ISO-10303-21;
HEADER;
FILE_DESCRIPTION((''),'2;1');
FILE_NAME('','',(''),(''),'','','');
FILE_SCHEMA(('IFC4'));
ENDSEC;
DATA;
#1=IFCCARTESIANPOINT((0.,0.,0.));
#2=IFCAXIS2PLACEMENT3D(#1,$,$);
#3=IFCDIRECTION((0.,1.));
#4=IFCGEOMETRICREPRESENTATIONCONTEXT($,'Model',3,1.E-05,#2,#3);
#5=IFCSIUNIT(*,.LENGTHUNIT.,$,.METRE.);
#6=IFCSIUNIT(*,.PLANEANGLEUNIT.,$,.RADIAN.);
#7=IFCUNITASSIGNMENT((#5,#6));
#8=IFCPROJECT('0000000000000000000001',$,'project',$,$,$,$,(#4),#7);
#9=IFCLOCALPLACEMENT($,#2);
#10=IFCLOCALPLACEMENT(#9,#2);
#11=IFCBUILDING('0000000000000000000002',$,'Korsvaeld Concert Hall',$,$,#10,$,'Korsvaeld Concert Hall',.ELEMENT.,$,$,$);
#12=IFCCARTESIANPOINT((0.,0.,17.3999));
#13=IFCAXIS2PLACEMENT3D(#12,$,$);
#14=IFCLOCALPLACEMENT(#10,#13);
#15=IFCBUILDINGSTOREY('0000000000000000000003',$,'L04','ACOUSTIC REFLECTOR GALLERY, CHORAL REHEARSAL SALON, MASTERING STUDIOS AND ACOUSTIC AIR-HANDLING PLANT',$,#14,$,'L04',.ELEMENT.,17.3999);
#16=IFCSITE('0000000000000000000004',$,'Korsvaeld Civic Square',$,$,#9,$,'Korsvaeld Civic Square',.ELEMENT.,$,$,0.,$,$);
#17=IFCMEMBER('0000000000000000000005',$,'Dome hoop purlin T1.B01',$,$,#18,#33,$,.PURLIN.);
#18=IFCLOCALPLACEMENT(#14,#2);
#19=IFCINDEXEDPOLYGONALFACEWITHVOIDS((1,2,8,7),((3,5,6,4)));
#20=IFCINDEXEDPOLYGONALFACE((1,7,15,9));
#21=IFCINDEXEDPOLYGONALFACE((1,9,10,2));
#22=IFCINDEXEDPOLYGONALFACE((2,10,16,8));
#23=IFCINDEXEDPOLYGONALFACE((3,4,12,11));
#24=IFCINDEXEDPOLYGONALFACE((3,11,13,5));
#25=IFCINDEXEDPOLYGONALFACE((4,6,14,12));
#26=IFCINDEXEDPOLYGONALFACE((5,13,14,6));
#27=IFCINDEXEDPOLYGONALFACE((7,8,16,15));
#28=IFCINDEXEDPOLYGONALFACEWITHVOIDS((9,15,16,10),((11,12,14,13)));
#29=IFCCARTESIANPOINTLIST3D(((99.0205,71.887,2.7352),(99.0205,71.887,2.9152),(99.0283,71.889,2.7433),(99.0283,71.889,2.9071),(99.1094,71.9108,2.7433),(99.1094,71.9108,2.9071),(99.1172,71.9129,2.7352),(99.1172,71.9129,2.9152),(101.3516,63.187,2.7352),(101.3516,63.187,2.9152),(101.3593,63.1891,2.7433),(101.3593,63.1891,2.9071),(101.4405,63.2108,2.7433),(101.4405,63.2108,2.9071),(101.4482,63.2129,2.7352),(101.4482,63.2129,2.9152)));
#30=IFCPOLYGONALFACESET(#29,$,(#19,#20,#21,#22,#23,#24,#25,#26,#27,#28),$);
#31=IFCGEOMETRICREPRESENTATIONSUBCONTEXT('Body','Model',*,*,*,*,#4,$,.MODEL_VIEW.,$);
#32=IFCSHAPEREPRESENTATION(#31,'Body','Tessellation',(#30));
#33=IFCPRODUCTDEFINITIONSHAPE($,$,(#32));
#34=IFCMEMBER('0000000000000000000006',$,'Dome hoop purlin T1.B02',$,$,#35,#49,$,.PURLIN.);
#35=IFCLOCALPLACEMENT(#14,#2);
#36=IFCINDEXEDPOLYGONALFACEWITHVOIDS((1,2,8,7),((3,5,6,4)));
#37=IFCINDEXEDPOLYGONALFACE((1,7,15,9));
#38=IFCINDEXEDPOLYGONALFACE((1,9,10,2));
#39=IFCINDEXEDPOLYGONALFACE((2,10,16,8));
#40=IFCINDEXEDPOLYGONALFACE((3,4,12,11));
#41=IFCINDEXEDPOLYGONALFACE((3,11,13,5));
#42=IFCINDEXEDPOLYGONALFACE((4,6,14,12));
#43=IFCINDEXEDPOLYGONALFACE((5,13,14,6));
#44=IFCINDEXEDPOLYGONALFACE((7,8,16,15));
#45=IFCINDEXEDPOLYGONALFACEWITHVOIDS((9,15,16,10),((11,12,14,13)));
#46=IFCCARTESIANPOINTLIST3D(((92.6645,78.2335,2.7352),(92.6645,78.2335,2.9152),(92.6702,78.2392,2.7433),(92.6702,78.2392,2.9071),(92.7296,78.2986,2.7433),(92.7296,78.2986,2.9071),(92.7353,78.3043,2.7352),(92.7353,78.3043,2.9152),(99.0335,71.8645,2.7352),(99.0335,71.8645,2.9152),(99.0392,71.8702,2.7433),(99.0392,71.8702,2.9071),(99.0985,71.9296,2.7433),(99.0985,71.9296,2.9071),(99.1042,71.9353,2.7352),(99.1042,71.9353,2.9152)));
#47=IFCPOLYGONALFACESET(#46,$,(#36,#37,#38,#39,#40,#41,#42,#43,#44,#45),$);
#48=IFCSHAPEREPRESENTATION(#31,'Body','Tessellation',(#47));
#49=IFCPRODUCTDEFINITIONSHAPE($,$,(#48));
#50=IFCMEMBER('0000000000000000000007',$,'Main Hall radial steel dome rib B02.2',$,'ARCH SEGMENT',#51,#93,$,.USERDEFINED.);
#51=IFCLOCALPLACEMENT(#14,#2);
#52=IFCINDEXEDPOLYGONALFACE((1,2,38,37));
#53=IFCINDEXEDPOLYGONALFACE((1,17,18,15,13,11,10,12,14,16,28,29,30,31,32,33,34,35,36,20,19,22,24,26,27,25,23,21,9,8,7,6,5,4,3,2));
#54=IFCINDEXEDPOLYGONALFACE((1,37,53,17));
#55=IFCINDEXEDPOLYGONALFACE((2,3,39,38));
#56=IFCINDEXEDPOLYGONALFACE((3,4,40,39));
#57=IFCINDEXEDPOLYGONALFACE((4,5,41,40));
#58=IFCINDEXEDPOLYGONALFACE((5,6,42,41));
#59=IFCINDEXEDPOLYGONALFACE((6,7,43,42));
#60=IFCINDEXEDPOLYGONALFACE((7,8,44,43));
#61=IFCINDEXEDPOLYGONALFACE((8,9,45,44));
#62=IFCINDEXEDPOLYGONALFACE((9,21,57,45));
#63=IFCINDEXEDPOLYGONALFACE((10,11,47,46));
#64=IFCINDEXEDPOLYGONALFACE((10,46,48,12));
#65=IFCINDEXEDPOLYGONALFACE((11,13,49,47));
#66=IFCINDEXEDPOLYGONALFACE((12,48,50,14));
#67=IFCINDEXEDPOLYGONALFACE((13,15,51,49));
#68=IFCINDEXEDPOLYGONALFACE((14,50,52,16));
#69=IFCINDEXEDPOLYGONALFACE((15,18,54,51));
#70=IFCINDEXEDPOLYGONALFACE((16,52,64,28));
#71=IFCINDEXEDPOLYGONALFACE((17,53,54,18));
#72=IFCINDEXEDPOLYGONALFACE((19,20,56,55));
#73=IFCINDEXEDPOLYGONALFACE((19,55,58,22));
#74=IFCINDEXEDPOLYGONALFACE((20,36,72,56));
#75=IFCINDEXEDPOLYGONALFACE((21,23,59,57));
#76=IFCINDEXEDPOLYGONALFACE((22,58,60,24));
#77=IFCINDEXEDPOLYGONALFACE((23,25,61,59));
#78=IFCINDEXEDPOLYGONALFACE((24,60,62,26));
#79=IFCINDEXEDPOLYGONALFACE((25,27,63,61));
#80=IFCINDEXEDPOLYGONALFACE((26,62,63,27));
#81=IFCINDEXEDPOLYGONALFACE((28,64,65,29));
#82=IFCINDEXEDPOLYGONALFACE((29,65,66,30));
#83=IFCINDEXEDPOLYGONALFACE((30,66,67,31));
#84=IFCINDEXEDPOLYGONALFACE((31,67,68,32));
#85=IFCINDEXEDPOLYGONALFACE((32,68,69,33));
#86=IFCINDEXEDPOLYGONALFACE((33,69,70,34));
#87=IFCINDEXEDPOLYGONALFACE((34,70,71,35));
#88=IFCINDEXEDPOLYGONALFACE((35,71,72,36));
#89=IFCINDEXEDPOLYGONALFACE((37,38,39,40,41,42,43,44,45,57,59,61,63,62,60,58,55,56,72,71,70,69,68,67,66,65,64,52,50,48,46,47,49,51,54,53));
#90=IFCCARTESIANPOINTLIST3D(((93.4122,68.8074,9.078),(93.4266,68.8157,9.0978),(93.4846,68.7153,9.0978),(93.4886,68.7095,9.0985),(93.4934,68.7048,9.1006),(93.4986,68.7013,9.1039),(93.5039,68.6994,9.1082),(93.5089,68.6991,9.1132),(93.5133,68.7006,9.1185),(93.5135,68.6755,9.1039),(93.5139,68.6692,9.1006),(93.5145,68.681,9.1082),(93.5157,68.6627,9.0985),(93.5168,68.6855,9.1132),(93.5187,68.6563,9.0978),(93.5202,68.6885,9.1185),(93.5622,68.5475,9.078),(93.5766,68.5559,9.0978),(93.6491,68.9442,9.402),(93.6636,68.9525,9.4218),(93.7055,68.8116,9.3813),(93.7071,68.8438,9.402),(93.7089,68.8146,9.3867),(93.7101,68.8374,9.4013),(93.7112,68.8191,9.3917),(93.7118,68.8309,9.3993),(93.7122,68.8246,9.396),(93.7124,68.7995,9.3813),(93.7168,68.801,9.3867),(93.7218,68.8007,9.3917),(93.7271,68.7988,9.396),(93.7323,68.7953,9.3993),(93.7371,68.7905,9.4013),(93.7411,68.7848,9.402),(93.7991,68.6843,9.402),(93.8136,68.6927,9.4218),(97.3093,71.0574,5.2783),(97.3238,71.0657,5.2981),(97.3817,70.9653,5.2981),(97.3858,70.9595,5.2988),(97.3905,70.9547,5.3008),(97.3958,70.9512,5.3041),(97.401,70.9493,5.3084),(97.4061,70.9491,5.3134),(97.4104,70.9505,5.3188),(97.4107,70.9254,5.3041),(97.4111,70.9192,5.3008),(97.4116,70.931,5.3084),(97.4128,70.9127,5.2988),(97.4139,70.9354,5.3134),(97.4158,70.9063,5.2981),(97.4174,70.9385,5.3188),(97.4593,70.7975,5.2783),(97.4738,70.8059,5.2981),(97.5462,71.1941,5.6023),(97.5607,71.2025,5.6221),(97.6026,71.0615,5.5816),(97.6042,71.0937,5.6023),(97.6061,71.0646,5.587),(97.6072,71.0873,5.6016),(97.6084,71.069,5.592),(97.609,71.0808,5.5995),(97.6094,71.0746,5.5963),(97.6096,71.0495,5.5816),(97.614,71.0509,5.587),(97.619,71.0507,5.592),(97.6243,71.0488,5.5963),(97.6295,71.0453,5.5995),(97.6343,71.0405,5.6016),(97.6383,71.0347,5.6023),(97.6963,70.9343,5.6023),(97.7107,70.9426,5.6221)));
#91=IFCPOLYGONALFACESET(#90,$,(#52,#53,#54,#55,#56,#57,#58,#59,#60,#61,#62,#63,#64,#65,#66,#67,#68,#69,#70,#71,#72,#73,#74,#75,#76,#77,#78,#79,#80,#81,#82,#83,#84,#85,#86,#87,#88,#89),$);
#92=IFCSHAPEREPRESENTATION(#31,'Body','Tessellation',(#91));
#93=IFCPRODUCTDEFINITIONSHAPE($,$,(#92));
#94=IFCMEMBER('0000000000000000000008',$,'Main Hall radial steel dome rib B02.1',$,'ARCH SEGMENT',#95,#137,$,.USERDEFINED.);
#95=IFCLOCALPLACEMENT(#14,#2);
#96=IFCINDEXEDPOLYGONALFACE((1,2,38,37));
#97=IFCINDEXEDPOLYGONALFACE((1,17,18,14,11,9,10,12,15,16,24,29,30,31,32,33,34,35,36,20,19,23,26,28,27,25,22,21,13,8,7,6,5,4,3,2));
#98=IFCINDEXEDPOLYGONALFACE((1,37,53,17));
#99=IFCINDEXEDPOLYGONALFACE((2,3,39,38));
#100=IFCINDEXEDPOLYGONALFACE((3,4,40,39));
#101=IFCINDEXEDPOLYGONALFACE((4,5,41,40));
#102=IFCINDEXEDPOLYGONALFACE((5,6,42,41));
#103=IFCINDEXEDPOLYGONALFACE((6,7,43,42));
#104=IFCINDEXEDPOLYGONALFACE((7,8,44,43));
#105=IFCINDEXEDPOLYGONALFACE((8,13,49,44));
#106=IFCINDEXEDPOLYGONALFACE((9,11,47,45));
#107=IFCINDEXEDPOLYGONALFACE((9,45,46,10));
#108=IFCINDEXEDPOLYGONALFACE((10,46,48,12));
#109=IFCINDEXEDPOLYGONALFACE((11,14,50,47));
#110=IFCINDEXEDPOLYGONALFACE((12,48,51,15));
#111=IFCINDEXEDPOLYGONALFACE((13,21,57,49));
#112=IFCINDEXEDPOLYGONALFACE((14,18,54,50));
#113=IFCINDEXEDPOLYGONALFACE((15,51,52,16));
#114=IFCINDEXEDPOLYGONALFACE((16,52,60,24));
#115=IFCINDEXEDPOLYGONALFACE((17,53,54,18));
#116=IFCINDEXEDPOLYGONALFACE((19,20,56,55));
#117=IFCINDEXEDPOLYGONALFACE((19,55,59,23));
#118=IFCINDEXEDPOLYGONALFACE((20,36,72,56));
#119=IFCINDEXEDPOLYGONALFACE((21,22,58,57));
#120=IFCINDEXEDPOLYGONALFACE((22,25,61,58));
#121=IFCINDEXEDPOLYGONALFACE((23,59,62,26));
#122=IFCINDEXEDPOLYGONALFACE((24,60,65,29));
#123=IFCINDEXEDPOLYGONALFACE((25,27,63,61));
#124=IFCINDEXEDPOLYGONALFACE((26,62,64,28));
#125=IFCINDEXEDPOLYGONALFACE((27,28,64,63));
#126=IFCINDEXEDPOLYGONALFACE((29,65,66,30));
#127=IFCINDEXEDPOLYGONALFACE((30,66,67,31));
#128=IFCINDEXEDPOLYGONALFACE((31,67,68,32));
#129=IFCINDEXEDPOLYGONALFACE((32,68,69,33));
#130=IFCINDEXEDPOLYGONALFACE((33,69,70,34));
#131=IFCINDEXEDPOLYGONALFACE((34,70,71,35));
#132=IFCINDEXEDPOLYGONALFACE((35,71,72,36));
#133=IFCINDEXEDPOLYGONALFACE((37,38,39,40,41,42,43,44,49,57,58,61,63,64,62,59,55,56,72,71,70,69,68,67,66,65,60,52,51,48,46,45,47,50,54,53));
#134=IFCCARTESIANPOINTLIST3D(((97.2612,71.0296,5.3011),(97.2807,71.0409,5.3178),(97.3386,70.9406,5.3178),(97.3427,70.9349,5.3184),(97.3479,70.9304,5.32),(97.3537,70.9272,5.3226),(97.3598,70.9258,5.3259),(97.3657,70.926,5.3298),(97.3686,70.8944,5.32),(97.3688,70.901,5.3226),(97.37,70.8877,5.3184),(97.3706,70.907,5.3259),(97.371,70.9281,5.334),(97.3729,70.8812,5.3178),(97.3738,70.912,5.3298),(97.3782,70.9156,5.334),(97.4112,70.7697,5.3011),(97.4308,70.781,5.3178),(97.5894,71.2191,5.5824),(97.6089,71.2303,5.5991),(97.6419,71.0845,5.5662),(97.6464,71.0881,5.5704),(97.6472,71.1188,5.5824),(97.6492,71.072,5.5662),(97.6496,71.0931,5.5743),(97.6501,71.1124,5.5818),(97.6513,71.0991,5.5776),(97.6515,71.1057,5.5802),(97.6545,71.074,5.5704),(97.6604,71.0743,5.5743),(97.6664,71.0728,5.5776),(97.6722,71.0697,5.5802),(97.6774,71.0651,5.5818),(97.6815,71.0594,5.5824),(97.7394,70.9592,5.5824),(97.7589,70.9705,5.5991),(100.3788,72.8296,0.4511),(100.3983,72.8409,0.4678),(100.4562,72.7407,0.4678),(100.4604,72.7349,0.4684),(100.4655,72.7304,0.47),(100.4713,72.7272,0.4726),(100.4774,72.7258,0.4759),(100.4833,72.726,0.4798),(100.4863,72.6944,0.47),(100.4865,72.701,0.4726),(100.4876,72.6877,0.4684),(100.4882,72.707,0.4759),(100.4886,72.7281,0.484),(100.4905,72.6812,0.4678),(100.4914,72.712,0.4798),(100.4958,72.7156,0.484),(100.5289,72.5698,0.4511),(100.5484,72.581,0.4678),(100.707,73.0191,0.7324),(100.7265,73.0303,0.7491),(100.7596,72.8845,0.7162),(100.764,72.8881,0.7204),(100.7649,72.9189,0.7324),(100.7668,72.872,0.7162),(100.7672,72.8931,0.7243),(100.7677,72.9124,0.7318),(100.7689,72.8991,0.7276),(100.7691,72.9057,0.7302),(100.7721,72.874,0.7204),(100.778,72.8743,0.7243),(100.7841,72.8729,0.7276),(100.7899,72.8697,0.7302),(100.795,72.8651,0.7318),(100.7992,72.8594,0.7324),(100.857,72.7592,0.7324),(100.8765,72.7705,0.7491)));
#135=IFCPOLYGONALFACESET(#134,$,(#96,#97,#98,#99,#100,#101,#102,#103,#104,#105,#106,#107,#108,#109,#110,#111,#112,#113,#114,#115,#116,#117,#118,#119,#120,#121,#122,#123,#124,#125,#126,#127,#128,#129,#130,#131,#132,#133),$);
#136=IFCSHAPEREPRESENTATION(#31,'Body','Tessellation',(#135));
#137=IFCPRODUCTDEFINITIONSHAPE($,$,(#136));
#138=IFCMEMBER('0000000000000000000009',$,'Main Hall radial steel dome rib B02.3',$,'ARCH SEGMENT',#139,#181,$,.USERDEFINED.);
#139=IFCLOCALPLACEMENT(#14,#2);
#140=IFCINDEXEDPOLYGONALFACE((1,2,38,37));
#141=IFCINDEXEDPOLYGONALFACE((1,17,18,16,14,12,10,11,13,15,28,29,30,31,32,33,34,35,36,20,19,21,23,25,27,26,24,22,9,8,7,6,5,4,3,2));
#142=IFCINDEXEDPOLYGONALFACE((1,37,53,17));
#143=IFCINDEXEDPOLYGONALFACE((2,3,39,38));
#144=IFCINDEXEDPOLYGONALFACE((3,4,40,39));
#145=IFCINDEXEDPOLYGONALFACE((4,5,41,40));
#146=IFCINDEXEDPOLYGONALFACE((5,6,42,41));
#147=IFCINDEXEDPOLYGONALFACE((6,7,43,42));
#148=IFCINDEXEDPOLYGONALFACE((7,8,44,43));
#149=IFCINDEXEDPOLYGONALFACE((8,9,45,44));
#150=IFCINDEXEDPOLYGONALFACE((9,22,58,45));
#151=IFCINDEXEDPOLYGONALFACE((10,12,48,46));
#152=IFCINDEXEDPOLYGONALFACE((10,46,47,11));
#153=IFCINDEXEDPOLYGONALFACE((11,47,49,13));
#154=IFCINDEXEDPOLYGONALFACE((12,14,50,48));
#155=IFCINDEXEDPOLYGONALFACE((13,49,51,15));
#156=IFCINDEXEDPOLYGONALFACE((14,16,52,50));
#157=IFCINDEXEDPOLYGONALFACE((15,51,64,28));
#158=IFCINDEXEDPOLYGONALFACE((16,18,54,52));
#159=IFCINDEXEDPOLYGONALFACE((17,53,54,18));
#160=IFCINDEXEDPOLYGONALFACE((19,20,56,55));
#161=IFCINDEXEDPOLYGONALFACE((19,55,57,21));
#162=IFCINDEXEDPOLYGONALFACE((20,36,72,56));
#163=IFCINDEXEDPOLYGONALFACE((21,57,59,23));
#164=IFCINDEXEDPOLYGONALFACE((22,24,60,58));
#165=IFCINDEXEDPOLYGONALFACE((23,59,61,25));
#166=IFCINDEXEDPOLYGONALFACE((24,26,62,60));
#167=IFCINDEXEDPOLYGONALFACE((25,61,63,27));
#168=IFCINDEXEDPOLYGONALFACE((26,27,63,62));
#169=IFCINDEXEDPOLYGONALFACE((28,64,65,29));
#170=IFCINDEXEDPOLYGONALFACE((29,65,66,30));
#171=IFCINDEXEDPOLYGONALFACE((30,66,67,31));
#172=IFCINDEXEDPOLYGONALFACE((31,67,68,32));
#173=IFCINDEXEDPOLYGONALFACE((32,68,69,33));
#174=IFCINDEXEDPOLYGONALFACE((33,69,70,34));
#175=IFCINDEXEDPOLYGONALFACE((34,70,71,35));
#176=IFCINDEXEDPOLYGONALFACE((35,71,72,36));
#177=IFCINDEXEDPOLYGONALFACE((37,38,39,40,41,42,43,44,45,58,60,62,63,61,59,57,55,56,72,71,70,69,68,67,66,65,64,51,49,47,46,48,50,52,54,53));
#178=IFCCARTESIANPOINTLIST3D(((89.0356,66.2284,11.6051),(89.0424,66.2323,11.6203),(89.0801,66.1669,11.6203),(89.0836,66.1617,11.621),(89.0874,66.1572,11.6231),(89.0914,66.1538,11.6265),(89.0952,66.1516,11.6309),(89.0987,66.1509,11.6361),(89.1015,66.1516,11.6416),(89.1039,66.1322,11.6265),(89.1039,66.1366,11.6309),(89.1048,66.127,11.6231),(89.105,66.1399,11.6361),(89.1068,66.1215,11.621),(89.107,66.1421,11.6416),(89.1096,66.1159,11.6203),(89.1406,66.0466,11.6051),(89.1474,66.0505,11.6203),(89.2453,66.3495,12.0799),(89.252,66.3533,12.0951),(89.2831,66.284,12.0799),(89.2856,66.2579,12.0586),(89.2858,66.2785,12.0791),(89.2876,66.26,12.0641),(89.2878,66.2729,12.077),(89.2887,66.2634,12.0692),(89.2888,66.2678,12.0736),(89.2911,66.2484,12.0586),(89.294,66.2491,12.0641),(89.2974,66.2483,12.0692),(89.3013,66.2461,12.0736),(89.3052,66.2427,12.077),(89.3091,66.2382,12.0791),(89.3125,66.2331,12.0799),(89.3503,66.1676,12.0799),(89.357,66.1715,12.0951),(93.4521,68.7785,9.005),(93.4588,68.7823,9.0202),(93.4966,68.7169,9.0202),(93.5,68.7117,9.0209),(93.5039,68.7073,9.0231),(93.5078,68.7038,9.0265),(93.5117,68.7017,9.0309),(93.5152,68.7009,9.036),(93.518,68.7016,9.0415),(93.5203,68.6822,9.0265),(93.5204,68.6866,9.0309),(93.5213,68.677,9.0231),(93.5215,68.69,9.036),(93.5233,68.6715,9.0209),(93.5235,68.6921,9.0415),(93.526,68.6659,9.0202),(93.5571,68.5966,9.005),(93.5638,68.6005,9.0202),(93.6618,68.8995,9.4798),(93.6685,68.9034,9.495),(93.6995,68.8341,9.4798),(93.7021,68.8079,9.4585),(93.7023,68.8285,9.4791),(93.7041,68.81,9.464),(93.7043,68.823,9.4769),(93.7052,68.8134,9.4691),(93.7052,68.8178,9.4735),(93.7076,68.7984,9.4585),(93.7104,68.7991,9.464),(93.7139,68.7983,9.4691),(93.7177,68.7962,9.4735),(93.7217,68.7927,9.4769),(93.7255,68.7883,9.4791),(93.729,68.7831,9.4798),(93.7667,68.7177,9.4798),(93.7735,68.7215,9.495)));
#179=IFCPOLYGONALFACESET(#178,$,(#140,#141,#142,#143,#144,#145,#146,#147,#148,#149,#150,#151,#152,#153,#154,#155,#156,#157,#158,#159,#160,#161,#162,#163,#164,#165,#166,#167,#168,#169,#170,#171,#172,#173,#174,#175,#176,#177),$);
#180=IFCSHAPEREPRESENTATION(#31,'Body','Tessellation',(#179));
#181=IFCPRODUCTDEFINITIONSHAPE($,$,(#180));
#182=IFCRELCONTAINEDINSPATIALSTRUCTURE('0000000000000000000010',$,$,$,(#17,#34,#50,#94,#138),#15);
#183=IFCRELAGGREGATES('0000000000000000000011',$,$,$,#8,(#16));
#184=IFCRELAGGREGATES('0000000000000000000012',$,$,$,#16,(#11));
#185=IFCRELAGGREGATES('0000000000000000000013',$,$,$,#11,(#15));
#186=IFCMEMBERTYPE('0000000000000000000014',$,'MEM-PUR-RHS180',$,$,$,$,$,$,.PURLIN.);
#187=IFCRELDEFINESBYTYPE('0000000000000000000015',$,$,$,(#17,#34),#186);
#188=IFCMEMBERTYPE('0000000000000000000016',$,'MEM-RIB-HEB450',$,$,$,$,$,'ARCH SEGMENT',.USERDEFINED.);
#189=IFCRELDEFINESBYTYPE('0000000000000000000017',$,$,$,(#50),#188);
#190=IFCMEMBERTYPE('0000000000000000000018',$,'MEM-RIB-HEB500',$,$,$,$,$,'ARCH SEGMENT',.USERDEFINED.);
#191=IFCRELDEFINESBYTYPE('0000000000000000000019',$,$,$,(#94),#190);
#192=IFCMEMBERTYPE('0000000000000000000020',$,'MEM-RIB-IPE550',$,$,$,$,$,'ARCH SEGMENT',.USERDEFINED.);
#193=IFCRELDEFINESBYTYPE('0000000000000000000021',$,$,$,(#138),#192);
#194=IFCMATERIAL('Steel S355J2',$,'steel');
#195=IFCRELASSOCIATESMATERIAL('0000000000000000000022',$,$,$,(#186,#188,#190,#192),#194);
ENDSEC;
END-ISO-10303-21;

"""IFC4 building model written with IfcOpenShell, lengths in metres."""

from ifc_helpers import new_model, si_unit, direction, frame, origin, origin_2d, place, context, subcontext, project, spatial, hollow_rectangle, i_section, extrude, material, material_profile, profile_set, type_object, element, save


model = new_model("IFC4")

# Units and contexts
model_context = context("Model", 3, precision=1e-05, world=origin(), true_north=direction((0.0, 1.0)))
body_context = subcontext(model_context, "Body", "Model", "MODEL_VIEW")
ifc_project = project(units=[si_unit("LENGTHUNIT", "METRE"), si_unit("PLANEANGLEUNIT", "RADIAN")], contexts=[model_context])

# Site, building, storey
site_placement = place(None, origin())
site = spatial("IfcSite", under=ifc_project, at=site_placement, Name="Korsvaeld Civic Square", LongName="Korsvaeld Civic Square", CompositionType="ELEMENT", RefElevation=0.0)
building_placement = place(site_placement, origin())
building = spatial("IfcBuilding", under=site, at=building_placement, Name="Korsvaeld Concert Hall", LongName="Korsvaeld Concert Hall", CompositionType="ELEMENT")
storey_placement = place(building_placement, frame((0.0, 0.0, 17.3999)))
storey = spatial("IfcBuildingStorey", under=building, at=storey_placement, Name="L04", Description="ACOUSTIC REFLECTOR GALLERY, CHORAL REHEARSAL SALON, MASTERING STUDIOS AND ACOUSTIC AIR-HANDLING PLANT", LongName="L04", CompositionType="ELEMENT", Elevation=17.3999)

# Shared definitions
ifc_material_1 = material(Name="Steel S355J2", Category="steel")

# Members
ifc_material_profile_1 = material_profile(ifc_material_1, hollow_rectangle(XDim=0.1001, YDim=0.1799, WallThickness=0.0081, at=origin_2d()), Name="RHS 180x100x8")
ifc_profile_set_1 = profile_set([ifc_material_profile_1], Name="Steel S355J2")
member_type_1 = type_object("IfcMemberType", Name="MEM-PUR-RHS180", PredefinedType="PURLIN", material=ifc_profile_set_1)
member_1_placement = place(storey_placement, frame((101.3999, 63.2, 2.8252), z_axis=(-0.25881, 0.965928, 0.0), x_axis=(-0.965928, -0.25881, 0.0)))
element("IfcMember", 1, at=member_1_placement, inside=storey, type_object=member_type_1, Name="Dome hoop purlin T1.B01", PredefinedType="PURLIN", context=body_context, shape_type="SweptSolid", body=[
    extrude(hollow_rectangle(XDim=0.1001, YDim=0.1799, WallThickness=0.0081, at=origin_2d()), origin(), (0.0, 0.0, 1.0), 9.0068),
])
member_2_placement = place(storey_placement, frame((99.0688, 71.8999, 2.8252), z_axis=(-0.707107, 0.707107, 0.0), x_axis=(-0.707107, -0.707107, 0.0)))
element("IfcMember", 2, at=member_2_placement, inside=storey, type_object=member_type_1, Name="Dome hoop purlin T1.B02", PredefinedType="PURLIN", context=body_context, shape_type="SweptSolid", body=[
    extrude(hollow_rectangle(XDim=0.1001, YDim=0.1799, WallThickness=0.0081, at=origin_2d()), origin(), (0.0, 0.0, 1.0), 9.0071),
])
ifc_material_profile_2 = material_profile(ifc_material_1, i_section(OverallWidth=0.3, OverallDepth=0.45, WebThickness=0.0139, FlangeThickness=0.0259, FilletRadius=0.0271, at=origin_2d()), Name="HEB 450")
ifc_profile_set_2 = profile_set([ifc_material_profile_2], Name="Steel S355J2")
member_type_2 = type_object("IfcMemberType", Name="MEM-RIB-HEB450", ElementType="ARCH SEGMENT", PredefinedType="USERDEFINED", material=ifc_profile_set_2)
member_3_placement = place(storey_placement, frame((97.51, 71.0, 5.4502), z_axis=(-0.661693, -0.382019, 0.645154), x_axis=(0.49999, -0.866031, 0.0)))
element("IfcMember", 3, at=member_3_placement, inside=storey, type_object=member_type_2, Name="Main Hall radial steel dome rib B02.2", ObjectType="ARCH SEGMENT", PredefinedType="USERDEFINED", context=body_context, shape_type="SweptSolid", body=[
    extrude(i_section(OverallWidth=0.3, OverallDepth=0.45, WebThickness=0.0139, FlangeThickness=0.0259, FilletRadius=0.0271, at=origin_2d()), origin(), (0.0, 0.0, 1.0), 5.8896),
])
ifc_material_profile_3 = material_profile(ifc_material_1, i_section(OverallWidth=0.3, OverallDepth=0.5, WebThickness=0.0144, FlangeThickness=0.0281, FilletRadius=0.0271, at=origin_2d()), Name="HEB 500")
ifc_profile_set_3 = profile_set([ifc_material_profile_3], Name="Steel S355J2")
member_type_3 = type_object("IfcMemberType", Name="MEM-RIB-HEB500", ElementType="ARCH SEGMENT", PredefinedType="USERDEFINED", material=ifc_profile_set_3)
member_4_placement = place(storey_placement, frame((100.6277, 72.8, 0.6001), z_axis=(-0.516158, -0.298013, 0.802975), x_axis=(0.500012, -0.866018, 0.0)))
element("IfcMember", 4, at=member_4_placement, inside=storey, type_object=member_type_3, Name="Main Hall radial steel dome rib B02.1", ObjectType="ARCH SEGMENT", PredefinedType="USERDEFINED", context=body_context, shape_type="SweptSolid", body=[
    extrude(i_section(OverallWidth=0.3, OverallDepth=0.5, WebThickness=0.0144, FlangeThickness=0.0281, FilletRadius=0.0271, at=origin_2d()), origin(), (0.0, 0.0, 1.0), 6.04),
])
ifc_material_profile_4 = material_profile(ifc_material_1, i_section(OverallWidth=0.21, OverallDepth=0.55, WebThickness=0.011, FlangeThickness=0.0171, FilletRadius=0.0239, at=origin_2d()), Name="IPE 550")
ifc_profile_set_4 = profile_set([ifc_material_profile_4], Name="Steel S355J2")
member_type_4 = type_object("IfcMemberType", Name="MEM-RIB-IPE550", ElementType="ARCH SEGMENT", PredefinedType="USERDEFINED", material=ifc_profile_set_4)
member_5_placement = place(storey_placement, frame((93.6128, 68.75, 9.25), z_axis=(-0.771522, -0.44547, 0.454213), x_axis=(0.500026, -0.86601, 0.0)))
element("IfcMember", 5, at=member_5_placement, inside=storey, type_object=member_type_4, Name="Main Hall radial steel dome rib B02.3", ObjectType="ARCH SEGMENT", PredefinedType="USERDEFINED", context=body_context, shape_type="SweptSolid", body=[
    extrude(i_section(OverallWidth=0.21, OverallDepth=0.55, WebThickness=0.011, FlangeThickness=0.0171, FilletRadius=0.0239, at=origin_2d()), origin(), (0.0, 0.0, 1.0), 5.7244),
])

save(model, "model.ifc")
